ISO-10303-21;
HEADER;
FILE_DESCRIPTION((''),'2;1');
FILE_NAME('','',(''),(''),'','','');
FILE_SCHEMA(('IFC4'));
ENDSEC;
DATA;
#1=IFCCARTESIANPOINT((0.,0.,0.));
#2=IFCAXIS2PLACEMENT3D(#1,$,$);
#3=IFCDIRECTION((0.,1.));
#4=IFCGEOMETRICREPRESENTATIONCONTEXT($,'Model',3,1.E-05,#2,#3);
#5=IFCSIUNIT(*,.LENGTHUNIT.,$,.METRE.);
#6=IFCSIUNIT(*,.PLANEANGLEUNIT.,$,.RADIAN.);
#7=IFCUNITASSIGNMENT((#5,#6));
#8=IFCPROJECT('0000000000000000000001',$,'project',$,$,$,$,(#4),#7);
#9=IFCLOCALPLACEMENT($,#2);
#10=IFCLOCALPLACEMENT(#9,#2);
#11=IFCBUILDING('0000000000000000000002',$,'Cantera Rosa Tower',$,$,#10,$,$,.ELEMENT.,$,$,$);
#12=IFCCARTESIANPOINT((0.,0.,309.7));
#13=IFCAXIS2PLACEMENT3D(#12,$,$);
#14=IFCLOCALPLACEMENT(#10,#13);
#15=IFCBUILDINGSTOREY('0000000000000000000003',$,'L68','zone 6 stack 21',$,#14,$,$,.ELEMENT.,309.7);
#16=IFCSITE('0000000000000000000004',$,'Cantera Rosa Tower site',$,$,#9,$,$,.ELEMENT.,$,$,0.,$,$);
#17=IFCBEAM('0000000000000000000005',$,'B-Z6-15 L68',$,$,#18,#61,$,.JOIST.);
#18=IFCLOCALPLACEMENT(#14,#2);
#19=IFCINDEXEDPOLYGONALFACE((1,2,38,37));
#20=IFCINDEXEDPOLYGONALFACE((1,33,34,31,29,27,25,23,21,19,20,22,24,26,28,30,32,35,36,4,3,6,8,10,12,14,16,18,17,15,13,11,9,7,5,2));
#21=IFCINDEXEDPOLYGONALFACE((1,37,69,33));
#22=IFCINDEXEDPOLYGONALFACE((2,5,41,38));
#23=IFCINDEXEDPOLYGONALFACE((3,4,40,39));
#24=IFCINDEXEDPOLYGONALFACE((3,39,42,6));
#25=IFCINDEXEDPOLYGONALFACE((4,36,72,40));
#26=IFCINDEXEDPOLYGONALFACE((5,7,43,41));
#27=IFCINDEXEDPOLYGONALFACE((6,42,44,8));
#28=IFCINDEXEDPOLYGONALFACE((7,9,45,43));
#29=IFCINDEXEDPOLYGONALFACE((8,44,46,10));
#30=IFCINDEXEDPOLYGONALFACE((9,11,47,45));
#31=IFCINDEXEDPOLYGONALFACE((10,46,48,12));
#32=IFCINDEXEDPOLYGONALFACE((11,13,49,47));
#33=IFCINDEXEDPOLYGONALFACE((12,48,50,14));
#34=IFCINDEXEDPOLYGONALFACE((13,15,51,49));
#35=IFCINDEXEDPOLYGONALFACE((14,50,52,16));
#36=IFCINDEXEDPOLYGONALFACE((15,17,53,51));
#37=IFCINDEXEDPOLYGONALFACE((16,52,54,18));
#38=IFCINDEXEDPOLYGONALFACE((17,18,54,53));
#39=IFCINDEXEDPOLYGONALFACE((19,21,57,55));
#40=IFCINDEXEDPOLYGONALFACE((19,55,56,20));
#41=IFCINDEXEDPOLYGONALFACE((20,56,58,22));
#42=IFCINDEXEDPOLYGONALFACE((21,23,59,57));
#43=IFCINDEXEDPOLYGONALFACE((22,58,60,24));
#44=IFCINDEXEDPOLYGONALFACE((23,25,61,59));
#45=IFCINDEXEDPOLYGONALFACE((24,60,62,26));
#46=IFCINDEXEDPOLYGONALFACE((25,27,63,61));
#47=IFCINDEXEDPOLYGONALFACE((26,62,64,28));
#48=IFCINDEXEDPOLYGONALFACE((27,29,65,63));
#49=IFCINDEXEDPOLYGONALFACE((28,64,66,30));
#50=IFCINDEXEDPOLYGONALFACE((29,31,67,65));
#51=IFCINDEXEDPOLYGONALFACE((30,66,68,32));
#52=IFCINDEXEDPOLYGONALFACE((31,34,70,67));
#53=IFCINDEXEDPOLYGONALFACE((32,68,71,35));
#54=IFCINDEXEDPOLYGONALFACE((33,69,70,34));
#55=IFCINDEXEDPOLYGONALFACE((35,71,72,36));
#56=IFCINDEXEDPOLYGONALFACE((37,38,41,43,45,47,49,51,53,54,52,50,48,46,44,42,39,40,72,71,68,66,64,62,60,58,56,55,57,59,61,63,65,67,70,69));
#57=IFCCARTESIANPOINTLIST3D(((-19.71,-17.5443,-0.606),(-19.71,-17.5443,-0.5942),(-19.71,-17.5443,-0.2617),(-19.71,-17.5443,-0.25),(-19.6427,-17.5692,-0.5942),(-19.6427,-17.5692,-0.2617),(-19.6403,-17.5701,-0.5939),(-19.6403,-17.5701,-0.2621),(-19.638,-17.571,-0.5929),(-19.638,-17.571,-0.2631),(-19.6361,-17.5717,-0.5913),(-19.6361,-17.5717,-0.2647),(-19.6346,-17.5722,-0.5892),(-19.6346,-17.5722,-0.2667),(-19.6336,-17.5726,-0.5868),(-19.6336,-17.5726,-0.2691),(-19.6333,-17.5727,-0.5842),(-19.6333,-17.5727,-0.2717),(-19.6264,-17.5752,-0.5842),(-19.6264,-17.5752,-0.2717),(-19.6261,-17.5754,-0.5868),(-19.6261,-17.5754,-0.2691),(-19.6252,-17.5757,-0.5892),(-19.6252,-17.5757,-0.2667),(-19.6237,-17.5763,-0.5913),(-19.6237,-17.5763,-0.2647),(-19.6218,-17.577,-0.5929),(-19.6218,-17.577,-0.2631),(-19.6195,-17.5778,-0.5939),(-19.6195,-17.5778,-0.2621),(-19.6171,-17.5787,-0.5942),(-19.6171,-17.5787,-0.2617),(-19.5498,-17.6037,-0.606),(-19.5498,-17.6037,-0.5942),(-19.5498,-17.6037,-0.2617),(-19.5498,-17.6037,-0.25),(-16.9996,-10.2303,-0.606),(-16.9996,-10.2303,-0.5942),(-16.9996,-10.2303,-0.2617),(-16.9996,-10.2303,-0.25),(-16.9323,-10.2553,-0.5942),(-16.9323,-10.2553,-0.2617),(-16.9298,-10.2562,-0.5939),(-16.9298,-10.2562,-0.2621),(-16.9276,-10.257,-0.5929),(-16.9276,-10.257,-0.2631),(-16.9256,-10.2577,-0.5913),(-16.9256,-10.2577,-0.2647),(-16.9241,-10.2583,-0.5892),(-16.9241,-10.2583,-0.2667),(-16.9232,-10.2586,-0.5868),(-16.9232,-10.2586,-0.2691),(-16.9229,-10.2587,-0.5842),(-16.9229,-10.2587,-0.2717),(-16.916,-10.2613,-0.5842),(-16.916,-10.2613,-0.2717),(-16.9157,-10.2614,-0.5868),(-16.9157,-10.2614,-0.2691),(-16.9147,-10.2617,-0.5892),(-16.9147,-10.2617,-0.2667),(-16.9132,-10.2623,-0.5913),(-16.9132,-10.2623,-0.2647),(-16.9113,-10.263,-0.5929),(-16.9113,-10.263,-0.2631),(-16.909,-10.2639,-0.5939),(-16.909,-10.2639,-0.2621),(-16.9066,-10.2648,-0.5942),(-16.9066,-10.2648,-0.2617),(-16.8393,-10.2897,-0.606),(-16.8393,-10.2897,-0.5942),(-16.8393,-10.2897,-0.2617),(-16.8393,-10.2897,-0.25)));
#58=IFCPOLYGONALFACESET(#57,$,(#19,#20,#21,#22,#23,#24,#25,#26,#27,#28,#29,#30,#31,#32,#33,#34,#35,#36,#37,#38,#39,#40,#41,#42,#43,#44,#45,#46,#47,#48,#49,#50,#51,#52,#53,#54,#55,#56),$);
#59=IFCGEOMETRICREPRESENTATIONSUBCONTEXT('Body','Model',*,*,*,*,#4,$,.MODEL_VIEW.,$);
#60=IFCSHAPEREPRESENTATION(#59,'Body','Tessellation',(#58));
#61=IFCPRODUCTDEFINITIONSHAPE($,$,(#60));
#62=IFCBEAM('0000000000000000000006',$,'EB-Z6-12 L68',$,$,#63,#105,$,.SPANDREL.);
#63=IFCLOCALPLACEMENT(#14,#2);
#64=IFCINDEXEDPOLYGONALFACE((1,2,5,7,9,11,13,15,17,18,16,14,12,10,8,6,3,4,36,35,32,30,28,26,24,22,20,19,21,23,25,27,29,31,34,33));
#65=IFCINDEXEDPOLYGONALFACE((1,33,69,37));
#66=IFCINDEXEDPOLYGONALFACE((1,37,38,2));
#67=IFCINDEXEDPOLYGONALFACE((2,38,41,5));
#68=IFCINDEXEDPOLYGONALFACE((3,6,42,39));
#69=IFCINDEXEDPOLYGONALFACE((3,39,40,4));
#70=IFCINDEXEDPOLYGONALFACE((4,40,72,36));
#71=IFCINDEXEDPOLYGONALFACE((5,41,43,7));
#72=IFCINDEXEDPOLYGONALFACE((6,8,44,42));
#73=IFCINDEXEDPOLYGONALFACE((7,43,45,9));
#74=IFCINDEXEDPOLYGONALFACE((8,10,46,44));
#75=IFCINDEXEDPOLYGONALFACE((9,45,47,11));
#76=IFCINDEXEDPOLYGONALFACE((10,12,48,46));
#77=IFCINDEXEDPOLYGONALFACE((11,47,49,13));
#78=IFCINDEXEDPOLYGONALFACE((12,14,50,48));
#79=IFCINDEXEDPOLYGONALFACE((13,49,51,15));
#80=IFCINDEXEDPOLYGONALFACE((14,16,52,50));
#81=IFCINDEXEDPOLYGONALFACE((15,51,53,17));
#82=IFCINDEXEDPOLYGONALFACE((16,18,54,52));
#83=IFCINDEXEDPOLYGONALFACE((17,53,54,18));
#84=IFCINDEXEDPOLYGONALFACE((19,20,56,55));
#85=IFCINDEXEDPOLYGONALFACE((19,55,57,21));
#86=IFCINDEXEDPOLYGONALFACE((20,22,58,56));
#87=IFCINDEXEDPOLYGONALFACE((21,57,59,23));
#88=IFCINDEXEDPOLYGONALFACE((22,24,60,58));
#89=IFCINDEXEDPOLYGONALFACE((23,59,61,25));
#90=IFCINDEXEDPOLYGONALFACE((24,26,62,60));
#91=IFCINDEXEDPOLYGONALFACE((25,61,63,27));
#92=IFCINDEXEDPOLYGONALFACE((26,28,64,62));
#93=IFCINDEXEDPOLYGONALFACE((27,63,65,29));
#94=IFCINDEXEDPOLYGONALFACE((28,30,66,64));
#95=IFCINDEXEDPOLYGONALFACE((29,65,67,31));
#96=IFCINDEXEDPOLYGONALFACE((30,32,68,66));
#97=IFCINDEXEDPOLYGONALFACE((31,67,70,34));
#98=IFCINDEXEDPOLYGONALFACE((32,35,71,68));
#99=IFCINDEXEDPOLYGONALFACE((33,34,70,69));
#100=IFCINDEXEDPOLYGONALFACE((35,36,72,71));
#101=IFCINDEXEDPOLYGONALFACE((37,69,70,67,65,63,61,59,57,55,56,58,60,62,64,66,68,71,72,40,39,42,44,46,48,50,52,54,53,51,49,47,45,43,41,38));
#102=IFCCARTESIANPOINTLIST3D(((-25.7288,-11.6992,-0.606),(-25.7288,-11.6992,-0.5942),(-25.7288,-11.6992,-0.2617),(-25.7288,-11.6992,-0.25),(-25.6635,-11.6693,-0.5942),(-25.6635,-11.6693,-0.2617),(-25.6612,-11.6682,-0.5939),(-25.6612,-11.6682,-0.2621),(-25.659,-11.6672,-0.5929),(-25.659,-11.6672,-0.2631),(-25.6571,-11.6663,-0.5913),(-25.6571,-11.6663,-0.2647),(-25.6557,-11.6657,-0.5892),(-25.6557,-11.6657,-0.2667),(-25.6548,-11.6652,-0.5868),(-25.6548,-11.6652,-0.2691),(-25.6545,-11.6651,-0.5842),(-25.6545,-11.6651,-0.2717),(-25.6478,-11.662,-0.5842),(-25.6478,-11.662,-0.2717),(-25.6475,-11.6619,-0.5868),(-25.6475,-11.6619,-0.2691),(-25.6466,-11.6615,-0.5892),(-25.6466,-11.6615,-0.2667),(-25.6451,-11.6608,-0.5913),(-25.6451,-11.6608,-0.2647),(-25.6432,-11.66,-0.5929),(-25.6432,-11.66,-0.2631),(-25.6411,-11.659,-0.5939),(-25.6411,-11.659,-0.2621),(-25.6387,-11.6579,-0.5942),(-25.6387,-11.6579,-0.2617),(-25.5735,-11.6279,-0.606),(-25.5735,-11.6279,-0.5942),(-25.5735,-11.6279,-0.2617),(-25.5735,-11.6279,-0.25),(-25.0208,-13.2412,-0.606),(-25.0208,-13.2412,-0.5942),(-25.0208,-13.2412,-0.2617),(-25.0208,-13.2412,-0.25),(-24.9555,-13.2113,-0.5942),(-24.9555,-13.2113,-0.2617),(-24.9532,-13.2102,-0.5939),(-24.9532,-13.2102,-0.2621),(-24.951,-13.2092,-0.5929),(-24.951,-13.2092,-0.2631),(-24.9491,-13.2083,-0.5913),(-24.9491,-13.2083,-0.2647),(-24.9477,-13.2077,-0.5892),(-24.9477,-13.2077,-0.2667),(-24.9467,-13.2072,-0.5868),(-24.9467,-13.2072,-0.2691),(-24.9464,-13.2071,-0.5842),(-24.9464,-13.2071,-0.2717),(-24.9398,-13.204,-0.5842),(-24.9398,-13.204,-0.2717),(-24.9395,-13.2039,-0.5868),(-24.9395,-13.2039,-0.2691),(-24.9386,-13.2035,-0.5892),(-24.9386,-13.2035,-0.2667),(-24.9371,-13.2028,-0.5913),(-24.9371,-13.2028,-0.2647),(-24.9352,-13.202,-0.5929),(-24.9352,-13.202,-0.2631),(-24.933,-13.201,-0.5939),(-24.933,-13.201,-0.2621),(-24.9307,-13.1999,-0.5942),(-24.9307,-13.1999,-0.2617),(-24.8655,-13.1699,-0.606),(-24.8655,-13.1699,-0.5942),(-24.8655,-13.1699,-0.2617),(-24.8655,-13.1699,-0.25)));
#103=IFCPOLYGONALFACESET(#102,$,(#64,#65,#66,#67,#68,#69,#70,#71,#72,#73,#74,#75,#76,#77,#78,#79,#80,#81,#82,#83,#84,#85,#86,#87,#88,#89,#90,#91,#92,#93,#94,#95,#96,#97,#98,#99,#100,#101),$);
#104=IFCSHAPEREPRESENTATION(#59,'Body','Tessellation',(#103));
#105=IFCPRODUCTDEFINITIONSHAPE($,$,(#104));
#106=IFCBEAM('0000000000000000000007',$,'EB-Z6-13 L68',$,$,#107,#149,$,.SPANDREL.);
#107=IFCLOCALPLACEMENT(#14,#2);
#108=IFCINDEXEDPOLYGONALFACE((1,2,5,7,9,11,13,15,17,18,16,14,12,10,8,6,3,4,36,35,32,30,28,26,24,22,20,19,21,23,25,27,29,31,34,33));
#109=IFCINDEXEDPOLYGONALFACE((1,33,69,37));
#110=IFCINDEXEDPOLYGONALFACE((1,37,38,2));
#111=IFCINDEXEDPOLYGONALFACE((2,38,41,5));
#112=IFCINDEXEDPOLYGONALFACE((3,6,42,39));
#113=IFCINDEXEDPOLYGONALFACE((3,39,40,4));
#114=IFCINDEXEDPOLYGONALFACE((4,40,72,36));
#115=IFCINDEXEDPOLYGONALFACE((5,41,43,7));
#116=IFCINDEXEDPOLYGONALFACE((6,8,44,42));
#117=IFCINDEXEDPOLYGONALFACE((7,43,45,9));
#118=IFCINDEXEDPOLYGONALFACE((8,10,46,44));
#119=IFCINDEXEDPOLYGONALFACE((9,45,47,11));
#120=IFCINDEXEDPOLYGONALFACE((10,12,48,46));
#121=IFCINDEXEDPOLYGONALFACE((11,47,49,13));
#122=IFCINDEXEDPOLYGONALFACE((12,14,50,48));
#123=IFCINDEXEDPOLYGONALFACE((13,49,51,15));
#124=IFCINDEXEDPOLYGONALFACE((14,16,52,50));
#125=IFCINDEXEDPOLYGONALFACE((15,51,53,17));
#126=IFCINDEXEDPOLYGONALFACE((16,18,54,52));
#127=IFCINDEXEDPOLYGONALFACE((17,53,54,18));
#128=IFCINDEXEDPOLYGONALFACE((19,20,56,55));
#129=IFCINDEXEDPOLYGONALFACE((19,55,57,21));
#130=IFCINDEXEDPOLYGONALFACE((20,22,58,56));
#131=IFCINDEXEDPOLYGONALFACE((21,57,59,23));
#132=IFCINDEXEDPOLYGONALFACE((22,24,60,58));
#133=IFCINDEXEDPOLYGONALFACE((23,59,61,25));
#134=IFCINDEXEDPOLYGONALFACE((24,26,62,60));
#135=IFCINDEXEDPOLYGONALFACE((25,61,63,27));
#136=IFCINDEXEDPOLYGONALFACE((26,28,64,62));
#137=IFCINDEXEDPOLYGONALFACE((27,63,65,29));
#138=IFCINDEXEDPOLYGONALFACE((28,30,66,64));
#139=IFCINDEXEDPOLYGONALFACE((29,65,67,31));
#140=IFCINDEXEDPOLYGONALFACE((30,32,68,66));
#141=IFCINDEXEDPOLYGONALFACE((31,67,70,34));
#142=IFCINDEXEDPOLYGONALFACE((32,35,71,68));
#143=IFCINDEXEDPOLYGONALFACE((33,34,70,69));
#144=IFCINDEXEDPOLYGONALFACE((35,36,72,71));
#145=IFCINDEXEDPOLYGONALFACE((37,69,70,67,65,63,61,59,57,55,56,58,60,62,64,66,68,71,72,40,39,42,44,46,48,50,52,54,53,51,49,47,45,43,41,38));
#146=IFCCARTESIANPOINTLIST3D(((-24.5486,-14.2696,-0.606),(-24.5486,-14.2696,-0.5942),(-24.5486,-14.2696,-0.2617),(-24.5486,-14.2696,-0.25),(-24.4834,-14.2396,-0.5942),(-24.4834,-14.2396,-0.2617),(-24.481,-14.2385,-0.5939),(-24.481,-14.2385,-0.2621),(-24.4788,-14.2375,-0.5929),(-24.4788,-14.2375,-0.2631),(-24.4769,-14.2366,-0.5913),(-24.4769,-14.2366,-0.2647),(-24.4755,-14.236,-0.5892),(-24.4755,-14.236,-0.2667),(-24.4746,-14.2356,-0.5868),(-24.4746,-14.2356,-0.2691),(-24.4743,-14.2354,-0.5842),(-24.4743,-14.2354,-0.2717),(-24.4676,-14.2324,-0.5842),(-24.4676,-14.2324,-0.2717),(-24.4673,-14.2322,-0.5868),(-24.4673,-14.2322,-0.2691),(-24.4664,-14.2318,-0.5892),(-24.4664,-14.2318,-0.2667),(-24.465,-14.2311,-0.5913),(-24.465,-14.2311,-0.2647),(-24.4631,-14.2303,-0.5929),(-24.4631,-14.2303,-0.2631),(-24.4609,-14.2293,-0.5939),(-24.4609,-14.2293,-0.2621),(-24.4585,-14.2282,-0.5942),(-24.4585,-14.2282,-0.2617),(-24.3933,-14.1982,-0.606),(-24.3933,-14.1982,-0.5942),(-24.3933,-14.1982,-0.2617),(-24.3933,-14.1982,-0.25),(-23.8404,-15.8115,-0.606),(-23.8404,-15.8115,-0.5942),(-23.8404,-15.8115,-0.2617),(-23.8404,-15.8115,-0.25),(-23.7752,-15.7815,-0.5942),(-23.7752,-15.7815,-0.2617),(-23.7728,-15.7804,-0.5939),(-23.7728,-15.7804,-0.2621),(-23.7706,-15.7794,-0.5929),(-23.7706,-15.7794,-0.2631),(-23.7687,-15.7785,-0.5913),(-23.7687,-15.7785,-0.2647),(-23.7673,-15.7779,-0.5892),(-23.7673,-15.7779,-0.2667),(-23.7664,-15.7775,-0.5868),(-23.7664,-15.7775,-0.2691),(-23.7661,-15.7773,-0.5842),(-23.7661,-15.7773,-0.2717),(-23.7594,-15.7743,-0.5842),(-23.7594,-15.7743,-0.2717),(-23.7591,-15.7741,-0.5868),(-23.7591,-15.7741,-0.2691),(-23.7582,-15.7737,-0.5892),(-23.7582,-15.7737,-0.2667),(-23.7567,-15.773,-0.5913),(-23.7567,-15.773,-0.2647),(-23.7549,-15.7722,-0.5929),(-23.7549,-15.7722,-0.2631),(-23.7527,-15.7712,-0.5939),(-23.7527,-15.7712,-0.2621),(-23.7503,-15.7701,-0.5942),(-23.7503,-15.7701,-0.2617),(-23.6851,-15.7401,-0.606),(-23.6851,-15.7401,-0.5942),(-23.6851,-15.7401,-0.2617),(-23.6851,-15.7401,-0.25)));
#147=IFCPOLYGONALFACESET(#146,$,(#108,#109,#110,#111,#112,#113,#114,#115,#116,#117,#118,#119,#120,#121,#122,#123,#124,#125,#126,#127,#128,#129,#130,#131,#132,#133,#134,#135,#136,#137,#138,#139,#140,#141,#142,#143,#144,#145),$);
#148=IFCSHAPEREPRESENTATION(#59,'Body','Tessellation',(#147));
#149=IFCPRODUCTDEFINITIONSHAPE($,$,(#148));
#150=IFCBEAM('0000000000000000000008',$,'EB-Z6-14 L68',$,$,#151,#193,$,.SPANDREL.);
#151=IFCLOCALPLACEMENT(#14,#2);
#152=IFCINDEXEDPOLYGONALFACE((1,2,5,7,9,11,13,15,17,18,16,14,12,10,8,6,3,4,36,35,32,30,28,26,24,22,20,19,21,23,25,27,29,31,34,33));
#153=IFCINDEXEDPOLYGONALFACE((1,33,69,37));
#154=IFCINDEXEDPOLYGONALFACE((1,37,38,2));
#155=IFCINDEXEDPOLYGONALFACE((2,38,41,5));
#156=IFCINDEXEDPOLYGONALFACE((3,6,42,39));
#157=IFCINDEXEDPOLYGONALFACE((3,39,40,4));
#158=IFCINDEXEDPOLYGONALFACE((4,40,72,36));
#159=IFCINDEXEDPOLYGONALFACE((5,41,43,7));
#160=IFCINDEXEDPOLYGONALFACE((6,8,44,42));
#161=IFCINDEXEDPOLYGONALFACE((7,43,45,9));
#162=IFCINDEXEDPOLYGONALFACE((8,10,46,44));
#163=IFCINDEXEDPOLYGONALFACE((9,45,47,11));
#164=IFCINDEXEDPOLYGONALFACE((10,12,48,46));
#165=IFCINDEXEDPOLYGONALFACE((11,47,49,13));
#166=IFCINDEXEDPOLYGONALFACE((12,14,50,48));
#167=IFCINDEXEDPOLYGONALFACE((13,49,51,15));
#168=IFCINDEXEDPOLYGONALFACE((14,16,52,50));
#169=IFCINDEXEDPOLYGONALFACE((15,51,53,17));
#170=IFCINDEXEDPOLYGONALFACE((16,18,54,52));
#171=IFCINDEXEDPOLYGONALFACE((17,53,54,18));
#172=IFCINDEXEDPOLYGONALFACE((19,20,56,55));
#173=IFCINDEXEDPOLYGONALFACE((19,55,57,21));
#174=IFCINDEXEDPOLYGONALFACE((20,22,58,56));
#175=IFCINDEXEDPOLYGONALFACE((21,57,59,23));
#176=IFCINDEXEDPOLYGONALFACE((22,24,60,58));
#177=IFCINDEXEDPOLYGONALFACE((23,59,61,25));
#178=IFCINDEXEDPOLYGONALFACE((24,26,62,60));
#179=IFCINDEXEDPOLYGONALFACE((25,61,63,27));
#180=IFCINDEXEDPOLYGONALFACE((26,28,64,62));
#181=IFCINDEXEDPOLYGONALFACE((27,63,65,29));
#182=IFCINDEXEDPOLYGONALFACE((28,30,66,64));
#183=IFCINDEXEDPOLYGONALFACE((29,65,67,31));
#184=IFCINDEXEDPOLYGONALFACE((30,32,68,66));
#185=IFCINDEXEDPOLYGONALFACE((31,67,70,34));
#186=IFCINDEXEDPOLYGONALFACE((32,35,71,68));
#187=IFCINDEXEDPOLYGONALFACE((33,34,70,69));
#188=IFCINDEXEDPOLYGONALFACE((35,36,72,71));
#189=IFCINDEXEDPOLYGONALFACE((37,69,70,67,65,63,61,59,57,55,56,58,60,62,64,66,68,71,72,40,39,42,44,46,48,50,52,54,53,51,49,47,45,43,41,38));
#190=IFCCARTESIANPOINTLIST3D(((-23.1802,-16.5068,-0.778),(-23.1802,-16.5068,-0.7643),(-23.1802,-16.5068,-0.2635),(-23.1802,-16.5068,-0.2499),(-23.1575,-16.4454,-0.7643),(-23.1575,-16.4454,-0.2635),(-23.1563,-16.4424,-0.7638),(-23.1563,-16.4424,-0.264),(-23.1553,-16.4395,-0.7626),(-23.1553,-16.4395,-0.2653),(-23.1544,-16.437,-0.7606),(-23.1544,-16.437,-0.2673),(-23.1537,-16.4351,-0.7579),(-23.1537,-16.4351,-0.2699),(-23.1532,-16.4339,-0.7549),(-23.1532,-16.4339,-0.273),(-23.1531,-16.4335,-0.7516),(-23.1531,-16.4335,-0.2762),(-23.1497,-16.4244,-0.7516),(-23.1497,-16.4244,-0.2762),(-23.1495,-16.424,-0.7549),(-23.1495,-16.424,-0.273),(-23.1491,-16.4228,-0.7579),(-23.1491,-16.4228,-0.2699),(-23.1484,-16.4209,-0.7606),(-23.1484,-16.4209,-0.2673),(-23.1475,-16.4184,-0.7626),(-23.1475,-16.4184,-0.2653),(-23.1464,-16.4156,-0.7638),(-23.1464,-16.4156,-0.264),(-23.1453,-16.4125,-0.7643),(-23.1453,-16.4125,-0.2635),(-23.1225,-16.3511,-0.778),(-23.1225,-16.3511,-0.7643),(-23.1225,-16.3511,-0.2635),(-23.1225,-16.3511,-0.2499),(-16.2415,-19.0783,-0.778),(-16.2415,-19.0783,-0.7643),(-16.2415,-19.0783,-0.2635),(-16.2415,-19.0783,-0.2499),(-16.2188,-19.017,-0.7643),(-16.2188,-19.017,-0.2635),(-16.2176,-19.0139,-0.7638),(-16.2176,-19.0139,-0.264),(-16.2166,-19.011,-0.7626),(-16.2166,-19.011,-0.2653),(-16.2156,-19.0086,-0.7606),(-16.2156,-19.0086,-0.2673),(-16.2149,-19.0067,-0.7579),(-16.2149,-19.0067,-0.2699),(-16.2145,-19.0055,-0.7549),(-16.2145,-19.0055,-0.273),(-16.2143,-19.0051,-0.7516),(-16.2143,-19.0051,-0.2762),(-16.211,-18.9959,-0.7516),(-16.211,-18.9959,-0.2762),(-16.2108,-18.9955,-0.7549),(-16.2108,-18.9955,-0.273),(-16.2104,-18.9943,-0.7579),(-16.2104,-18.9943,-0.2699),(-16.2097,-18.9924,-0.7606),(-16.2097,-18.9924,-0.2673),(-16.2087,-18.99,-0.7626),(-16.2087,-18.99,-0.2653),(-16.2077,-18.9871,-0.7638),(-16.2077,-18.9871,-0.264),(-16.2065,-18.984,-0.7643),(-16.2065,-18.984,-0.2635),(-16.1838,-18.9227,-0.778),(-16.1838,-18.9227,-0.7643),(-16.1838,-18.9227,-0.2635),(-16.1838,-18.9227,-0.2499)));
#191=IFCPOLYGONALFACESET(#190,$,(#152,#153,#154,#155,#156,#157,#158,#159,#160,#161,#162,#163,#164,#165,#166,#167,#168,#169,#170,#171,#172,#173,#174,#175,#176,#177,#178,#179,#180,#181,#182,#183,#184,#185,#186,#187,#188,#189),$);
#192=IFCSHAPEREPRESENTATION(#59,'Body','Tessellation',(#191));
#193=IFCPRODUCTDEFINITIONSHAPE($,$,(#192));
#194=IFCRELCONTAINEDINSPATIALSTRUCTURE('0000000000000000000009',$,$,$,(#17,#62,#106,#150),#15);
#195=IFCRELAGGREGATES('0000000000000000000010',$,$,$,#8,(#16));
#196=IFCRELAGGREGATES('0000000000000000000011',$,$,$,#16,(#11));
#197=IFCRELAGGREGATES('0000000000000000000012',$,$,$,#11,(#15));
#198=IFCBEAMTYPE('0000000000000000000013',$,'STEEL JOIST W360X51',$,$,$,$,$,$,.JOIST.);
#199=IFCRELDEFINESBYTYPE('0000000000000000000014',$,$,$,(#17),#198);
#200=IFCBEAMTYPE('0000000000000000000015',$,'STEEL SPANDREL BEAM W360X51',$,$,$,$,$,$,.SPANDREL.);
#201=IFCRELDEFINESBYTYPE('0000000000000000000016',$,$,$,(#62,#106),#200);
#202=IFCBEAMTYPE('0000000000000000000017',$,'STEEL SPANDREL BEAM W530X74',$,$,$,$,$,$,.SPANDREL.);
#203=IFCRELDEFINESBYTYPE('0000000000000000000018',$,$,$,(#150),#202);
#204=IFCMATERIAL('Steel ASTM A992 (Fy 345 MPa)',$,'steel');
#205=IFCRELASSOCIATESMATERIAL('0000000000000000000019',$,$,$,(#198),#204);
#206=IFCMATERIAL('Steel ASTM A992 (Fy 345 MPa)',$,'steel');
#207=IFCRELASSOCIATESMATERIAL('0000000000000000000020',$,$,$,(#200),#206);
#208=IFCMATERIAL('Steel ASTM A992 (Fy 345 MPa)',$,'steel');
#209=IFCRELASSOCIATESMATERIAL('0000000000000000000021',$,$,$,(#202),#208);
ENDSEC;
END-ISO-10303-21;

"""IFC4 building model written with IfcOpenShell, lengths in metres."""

from ifc_helpers import new_model, si_unit, direction, frame, origin, origin_2d, place, context, subcontext, project, spatial, i_section, extrude, material, material_profile, profile_set, type_object, element, save


model = new_model("IFC4")

# Units and contexts
model_context = context("Model", 3, precision=1e-05, world=origin(), true_north=direction((0.0, 1.0)))
body_context = subcontext(model_context, "Body", "Model", "MODEL_VIEW")
ifc_project = project(units=[si_unit("LENGTHUNIT", "METRE"), si_unit("PLANEANGLEUNIT", "RADIAN")], contexts=[model_context])

# Site, building, storey
site_placement = place(None, origin())
site = spatial("IfcSite", under=ifc_project, at=site_placement, Name="Cantera Rosa Tower site", CompositionType="ELEMENT", RefElevation=0.0)
building_placement = place(site_placement, origin())
building = spatial("IfcBuilding", under=site, at=building_placement, Name="Cantera Rosa Tower", CompositionType="ELEMENT")
storey_placement = place(building_placement, frame((0.0, 0.0, 309.7)))
storey = spatial("IfcBuildingStorey", under=building, at=storey_placement, Name="L68", Description="zone 6 stack 21", CompositionType="ELEMENT", Elevation=309.7)

# Beams
ifc_material_1 = material(Name="Steel ASTM A992 (Fy 345 MPa)", Category="steel")
ifc_material_profile_1 = material_profile(ifc_material_1, i_section(OverallWidth=0.1709, OverallDepth=0.356, WebThickness=0.0073, FlangeThickness=0.0117, FilletRadius=0.01, at=origin_2d()), Name="W360X51")
ifc_profile_set_1 = profile_set([ifc_material_profile_1], Name="Steel ASTM A992 (Fy 345 MPa)")
beam_type_1 = type_object("IfcBeamType", Name="STEEL JOIST W360X51", PredefinedType="JOIST", material=ifc_profile_set_1)
beam_1_placement = place(storey_placement, frame((-19.6299, -17.574, -0.428), z_axis=(0.347492, 0.937683, 0.0), x_axis=(-0.937683, 0.347492, 0.0)))
element("IfcBeam", 1, at=beam_1_placement, inside=storey, type_object=beam_type_1, Name="B-Z6-15 L68", PredefinedType="JOIST", context=body_context, shape_type="SweptSolid", body=[
    extrude(i_section(OverallWidth=0.1709, OverallDepth=0.356, WebThickness=0.0073, FlangeThickness=0.0117, FilletRadius=0.01, at=origin_2d()), origin(), (0.0, 0.0, 1.0), 7.8),
])
ifc_material_2 = material(Name="Steel ASTM A992 (Fy 345 MPa)", Category="steel")
ifc_material_profile_2 = material_profile(ifc_material_2, i_section(OverallWidth=0.1709, OverallDepth=0.356, WebThickness=0.0073, FlangeThickness=0.0117, FilletRadius=0.01, at=origin_2d()), Name="W360X51")
ifc_profile_set_2 = profile_set([ifc_material_profile_2], Name="Steel ASTM A992 (Fy 345 MPa)")
beam_type_2 = type_object("IfcBeamType", Name="STEEL SPANDREL BEAM W360X51", PredefinedType="SPANDREL", material=ifc_profile_set_2)
for number, where, z_axis, x_axis, name in (
    (2, (-25.6511, -11.6636, -0.428), (0.417269, -0.908783, 0.0), (0.908783, 0.417269, 0.0), "EB-Z6-12 L68"),
    (3, (-24.4709, -14.2339, -0.428), (0.417388, -0.908728, 0.0), (0.908728, 0.417388, 0.0), "EB-Z6-13 L68"),
):
    element("IfcBeam", number, at=place(storey_placement, frame(where, z_axis=z_axis, x_axis=x_axis)), inside=storey, type_object=beam_type_2, Name=name, PredefinedType="SPANDREL", context=body_context, shape_type="SweptSolid", body=[
        extrude(i_section(OverallWidth=0.1709, OverallDepth=0.356, WebThickness=0.0073, FlangeThickness=0.0117, FilletRadius=0.01, at=origin_2d()), origin(), (0.0, 0.0, 1.0), 1.6968),
    ])
ifc_material_3 = material(Name="Steel ASTM A992 (Fy 345 MPa)", Category="steel")
ifc_material_profile_3 = material_profile(ifc_material_3, i_section(OverallWidth=0.166, OverallDepth=0.5281, WebThickness=0.0098, FlangeThickness=0.0137, FilletRadius=0.0127, at=origin_2d()), Name="W530X74")
ifc_profile_set_3 = profile_set([ifc_material_profile_3], Name="Steel ASTM A992 (Fy 345 MPa)")
beam_type_3 = type_object("IfcBeamType", Name="STEEL SPANDREL BEAM W530X74", PredefinedType="SPANDREL", material=ifc_profile_set_3)
beam_2_placement = place(storey_placement, frame((-23.1514, -16.429, -0.5139), z_axis=(0.937677, -0.347509, 0.0), x_axis=(0.347509, 0.937677, 0.0)))
element("IfcBeam", 4, at=beam_2_placement, inside=storey, type_object=beam_type_3, Name="EB-Z6-14 L68", PredefinedType="SPANDREL", context=body_context, shape_type="SweptSolid", body=[
    extrude(i_section(OverallWidth=0.166, OverallDepth=0.5281, WebThickness=0.0098, FlangeThickness=0.0137, FilletRadius=0.0127, at=origin_2d()), origin(), (0.0, 0.0, 1.0), 7.3999),
])

save(model, "model.ifc")
